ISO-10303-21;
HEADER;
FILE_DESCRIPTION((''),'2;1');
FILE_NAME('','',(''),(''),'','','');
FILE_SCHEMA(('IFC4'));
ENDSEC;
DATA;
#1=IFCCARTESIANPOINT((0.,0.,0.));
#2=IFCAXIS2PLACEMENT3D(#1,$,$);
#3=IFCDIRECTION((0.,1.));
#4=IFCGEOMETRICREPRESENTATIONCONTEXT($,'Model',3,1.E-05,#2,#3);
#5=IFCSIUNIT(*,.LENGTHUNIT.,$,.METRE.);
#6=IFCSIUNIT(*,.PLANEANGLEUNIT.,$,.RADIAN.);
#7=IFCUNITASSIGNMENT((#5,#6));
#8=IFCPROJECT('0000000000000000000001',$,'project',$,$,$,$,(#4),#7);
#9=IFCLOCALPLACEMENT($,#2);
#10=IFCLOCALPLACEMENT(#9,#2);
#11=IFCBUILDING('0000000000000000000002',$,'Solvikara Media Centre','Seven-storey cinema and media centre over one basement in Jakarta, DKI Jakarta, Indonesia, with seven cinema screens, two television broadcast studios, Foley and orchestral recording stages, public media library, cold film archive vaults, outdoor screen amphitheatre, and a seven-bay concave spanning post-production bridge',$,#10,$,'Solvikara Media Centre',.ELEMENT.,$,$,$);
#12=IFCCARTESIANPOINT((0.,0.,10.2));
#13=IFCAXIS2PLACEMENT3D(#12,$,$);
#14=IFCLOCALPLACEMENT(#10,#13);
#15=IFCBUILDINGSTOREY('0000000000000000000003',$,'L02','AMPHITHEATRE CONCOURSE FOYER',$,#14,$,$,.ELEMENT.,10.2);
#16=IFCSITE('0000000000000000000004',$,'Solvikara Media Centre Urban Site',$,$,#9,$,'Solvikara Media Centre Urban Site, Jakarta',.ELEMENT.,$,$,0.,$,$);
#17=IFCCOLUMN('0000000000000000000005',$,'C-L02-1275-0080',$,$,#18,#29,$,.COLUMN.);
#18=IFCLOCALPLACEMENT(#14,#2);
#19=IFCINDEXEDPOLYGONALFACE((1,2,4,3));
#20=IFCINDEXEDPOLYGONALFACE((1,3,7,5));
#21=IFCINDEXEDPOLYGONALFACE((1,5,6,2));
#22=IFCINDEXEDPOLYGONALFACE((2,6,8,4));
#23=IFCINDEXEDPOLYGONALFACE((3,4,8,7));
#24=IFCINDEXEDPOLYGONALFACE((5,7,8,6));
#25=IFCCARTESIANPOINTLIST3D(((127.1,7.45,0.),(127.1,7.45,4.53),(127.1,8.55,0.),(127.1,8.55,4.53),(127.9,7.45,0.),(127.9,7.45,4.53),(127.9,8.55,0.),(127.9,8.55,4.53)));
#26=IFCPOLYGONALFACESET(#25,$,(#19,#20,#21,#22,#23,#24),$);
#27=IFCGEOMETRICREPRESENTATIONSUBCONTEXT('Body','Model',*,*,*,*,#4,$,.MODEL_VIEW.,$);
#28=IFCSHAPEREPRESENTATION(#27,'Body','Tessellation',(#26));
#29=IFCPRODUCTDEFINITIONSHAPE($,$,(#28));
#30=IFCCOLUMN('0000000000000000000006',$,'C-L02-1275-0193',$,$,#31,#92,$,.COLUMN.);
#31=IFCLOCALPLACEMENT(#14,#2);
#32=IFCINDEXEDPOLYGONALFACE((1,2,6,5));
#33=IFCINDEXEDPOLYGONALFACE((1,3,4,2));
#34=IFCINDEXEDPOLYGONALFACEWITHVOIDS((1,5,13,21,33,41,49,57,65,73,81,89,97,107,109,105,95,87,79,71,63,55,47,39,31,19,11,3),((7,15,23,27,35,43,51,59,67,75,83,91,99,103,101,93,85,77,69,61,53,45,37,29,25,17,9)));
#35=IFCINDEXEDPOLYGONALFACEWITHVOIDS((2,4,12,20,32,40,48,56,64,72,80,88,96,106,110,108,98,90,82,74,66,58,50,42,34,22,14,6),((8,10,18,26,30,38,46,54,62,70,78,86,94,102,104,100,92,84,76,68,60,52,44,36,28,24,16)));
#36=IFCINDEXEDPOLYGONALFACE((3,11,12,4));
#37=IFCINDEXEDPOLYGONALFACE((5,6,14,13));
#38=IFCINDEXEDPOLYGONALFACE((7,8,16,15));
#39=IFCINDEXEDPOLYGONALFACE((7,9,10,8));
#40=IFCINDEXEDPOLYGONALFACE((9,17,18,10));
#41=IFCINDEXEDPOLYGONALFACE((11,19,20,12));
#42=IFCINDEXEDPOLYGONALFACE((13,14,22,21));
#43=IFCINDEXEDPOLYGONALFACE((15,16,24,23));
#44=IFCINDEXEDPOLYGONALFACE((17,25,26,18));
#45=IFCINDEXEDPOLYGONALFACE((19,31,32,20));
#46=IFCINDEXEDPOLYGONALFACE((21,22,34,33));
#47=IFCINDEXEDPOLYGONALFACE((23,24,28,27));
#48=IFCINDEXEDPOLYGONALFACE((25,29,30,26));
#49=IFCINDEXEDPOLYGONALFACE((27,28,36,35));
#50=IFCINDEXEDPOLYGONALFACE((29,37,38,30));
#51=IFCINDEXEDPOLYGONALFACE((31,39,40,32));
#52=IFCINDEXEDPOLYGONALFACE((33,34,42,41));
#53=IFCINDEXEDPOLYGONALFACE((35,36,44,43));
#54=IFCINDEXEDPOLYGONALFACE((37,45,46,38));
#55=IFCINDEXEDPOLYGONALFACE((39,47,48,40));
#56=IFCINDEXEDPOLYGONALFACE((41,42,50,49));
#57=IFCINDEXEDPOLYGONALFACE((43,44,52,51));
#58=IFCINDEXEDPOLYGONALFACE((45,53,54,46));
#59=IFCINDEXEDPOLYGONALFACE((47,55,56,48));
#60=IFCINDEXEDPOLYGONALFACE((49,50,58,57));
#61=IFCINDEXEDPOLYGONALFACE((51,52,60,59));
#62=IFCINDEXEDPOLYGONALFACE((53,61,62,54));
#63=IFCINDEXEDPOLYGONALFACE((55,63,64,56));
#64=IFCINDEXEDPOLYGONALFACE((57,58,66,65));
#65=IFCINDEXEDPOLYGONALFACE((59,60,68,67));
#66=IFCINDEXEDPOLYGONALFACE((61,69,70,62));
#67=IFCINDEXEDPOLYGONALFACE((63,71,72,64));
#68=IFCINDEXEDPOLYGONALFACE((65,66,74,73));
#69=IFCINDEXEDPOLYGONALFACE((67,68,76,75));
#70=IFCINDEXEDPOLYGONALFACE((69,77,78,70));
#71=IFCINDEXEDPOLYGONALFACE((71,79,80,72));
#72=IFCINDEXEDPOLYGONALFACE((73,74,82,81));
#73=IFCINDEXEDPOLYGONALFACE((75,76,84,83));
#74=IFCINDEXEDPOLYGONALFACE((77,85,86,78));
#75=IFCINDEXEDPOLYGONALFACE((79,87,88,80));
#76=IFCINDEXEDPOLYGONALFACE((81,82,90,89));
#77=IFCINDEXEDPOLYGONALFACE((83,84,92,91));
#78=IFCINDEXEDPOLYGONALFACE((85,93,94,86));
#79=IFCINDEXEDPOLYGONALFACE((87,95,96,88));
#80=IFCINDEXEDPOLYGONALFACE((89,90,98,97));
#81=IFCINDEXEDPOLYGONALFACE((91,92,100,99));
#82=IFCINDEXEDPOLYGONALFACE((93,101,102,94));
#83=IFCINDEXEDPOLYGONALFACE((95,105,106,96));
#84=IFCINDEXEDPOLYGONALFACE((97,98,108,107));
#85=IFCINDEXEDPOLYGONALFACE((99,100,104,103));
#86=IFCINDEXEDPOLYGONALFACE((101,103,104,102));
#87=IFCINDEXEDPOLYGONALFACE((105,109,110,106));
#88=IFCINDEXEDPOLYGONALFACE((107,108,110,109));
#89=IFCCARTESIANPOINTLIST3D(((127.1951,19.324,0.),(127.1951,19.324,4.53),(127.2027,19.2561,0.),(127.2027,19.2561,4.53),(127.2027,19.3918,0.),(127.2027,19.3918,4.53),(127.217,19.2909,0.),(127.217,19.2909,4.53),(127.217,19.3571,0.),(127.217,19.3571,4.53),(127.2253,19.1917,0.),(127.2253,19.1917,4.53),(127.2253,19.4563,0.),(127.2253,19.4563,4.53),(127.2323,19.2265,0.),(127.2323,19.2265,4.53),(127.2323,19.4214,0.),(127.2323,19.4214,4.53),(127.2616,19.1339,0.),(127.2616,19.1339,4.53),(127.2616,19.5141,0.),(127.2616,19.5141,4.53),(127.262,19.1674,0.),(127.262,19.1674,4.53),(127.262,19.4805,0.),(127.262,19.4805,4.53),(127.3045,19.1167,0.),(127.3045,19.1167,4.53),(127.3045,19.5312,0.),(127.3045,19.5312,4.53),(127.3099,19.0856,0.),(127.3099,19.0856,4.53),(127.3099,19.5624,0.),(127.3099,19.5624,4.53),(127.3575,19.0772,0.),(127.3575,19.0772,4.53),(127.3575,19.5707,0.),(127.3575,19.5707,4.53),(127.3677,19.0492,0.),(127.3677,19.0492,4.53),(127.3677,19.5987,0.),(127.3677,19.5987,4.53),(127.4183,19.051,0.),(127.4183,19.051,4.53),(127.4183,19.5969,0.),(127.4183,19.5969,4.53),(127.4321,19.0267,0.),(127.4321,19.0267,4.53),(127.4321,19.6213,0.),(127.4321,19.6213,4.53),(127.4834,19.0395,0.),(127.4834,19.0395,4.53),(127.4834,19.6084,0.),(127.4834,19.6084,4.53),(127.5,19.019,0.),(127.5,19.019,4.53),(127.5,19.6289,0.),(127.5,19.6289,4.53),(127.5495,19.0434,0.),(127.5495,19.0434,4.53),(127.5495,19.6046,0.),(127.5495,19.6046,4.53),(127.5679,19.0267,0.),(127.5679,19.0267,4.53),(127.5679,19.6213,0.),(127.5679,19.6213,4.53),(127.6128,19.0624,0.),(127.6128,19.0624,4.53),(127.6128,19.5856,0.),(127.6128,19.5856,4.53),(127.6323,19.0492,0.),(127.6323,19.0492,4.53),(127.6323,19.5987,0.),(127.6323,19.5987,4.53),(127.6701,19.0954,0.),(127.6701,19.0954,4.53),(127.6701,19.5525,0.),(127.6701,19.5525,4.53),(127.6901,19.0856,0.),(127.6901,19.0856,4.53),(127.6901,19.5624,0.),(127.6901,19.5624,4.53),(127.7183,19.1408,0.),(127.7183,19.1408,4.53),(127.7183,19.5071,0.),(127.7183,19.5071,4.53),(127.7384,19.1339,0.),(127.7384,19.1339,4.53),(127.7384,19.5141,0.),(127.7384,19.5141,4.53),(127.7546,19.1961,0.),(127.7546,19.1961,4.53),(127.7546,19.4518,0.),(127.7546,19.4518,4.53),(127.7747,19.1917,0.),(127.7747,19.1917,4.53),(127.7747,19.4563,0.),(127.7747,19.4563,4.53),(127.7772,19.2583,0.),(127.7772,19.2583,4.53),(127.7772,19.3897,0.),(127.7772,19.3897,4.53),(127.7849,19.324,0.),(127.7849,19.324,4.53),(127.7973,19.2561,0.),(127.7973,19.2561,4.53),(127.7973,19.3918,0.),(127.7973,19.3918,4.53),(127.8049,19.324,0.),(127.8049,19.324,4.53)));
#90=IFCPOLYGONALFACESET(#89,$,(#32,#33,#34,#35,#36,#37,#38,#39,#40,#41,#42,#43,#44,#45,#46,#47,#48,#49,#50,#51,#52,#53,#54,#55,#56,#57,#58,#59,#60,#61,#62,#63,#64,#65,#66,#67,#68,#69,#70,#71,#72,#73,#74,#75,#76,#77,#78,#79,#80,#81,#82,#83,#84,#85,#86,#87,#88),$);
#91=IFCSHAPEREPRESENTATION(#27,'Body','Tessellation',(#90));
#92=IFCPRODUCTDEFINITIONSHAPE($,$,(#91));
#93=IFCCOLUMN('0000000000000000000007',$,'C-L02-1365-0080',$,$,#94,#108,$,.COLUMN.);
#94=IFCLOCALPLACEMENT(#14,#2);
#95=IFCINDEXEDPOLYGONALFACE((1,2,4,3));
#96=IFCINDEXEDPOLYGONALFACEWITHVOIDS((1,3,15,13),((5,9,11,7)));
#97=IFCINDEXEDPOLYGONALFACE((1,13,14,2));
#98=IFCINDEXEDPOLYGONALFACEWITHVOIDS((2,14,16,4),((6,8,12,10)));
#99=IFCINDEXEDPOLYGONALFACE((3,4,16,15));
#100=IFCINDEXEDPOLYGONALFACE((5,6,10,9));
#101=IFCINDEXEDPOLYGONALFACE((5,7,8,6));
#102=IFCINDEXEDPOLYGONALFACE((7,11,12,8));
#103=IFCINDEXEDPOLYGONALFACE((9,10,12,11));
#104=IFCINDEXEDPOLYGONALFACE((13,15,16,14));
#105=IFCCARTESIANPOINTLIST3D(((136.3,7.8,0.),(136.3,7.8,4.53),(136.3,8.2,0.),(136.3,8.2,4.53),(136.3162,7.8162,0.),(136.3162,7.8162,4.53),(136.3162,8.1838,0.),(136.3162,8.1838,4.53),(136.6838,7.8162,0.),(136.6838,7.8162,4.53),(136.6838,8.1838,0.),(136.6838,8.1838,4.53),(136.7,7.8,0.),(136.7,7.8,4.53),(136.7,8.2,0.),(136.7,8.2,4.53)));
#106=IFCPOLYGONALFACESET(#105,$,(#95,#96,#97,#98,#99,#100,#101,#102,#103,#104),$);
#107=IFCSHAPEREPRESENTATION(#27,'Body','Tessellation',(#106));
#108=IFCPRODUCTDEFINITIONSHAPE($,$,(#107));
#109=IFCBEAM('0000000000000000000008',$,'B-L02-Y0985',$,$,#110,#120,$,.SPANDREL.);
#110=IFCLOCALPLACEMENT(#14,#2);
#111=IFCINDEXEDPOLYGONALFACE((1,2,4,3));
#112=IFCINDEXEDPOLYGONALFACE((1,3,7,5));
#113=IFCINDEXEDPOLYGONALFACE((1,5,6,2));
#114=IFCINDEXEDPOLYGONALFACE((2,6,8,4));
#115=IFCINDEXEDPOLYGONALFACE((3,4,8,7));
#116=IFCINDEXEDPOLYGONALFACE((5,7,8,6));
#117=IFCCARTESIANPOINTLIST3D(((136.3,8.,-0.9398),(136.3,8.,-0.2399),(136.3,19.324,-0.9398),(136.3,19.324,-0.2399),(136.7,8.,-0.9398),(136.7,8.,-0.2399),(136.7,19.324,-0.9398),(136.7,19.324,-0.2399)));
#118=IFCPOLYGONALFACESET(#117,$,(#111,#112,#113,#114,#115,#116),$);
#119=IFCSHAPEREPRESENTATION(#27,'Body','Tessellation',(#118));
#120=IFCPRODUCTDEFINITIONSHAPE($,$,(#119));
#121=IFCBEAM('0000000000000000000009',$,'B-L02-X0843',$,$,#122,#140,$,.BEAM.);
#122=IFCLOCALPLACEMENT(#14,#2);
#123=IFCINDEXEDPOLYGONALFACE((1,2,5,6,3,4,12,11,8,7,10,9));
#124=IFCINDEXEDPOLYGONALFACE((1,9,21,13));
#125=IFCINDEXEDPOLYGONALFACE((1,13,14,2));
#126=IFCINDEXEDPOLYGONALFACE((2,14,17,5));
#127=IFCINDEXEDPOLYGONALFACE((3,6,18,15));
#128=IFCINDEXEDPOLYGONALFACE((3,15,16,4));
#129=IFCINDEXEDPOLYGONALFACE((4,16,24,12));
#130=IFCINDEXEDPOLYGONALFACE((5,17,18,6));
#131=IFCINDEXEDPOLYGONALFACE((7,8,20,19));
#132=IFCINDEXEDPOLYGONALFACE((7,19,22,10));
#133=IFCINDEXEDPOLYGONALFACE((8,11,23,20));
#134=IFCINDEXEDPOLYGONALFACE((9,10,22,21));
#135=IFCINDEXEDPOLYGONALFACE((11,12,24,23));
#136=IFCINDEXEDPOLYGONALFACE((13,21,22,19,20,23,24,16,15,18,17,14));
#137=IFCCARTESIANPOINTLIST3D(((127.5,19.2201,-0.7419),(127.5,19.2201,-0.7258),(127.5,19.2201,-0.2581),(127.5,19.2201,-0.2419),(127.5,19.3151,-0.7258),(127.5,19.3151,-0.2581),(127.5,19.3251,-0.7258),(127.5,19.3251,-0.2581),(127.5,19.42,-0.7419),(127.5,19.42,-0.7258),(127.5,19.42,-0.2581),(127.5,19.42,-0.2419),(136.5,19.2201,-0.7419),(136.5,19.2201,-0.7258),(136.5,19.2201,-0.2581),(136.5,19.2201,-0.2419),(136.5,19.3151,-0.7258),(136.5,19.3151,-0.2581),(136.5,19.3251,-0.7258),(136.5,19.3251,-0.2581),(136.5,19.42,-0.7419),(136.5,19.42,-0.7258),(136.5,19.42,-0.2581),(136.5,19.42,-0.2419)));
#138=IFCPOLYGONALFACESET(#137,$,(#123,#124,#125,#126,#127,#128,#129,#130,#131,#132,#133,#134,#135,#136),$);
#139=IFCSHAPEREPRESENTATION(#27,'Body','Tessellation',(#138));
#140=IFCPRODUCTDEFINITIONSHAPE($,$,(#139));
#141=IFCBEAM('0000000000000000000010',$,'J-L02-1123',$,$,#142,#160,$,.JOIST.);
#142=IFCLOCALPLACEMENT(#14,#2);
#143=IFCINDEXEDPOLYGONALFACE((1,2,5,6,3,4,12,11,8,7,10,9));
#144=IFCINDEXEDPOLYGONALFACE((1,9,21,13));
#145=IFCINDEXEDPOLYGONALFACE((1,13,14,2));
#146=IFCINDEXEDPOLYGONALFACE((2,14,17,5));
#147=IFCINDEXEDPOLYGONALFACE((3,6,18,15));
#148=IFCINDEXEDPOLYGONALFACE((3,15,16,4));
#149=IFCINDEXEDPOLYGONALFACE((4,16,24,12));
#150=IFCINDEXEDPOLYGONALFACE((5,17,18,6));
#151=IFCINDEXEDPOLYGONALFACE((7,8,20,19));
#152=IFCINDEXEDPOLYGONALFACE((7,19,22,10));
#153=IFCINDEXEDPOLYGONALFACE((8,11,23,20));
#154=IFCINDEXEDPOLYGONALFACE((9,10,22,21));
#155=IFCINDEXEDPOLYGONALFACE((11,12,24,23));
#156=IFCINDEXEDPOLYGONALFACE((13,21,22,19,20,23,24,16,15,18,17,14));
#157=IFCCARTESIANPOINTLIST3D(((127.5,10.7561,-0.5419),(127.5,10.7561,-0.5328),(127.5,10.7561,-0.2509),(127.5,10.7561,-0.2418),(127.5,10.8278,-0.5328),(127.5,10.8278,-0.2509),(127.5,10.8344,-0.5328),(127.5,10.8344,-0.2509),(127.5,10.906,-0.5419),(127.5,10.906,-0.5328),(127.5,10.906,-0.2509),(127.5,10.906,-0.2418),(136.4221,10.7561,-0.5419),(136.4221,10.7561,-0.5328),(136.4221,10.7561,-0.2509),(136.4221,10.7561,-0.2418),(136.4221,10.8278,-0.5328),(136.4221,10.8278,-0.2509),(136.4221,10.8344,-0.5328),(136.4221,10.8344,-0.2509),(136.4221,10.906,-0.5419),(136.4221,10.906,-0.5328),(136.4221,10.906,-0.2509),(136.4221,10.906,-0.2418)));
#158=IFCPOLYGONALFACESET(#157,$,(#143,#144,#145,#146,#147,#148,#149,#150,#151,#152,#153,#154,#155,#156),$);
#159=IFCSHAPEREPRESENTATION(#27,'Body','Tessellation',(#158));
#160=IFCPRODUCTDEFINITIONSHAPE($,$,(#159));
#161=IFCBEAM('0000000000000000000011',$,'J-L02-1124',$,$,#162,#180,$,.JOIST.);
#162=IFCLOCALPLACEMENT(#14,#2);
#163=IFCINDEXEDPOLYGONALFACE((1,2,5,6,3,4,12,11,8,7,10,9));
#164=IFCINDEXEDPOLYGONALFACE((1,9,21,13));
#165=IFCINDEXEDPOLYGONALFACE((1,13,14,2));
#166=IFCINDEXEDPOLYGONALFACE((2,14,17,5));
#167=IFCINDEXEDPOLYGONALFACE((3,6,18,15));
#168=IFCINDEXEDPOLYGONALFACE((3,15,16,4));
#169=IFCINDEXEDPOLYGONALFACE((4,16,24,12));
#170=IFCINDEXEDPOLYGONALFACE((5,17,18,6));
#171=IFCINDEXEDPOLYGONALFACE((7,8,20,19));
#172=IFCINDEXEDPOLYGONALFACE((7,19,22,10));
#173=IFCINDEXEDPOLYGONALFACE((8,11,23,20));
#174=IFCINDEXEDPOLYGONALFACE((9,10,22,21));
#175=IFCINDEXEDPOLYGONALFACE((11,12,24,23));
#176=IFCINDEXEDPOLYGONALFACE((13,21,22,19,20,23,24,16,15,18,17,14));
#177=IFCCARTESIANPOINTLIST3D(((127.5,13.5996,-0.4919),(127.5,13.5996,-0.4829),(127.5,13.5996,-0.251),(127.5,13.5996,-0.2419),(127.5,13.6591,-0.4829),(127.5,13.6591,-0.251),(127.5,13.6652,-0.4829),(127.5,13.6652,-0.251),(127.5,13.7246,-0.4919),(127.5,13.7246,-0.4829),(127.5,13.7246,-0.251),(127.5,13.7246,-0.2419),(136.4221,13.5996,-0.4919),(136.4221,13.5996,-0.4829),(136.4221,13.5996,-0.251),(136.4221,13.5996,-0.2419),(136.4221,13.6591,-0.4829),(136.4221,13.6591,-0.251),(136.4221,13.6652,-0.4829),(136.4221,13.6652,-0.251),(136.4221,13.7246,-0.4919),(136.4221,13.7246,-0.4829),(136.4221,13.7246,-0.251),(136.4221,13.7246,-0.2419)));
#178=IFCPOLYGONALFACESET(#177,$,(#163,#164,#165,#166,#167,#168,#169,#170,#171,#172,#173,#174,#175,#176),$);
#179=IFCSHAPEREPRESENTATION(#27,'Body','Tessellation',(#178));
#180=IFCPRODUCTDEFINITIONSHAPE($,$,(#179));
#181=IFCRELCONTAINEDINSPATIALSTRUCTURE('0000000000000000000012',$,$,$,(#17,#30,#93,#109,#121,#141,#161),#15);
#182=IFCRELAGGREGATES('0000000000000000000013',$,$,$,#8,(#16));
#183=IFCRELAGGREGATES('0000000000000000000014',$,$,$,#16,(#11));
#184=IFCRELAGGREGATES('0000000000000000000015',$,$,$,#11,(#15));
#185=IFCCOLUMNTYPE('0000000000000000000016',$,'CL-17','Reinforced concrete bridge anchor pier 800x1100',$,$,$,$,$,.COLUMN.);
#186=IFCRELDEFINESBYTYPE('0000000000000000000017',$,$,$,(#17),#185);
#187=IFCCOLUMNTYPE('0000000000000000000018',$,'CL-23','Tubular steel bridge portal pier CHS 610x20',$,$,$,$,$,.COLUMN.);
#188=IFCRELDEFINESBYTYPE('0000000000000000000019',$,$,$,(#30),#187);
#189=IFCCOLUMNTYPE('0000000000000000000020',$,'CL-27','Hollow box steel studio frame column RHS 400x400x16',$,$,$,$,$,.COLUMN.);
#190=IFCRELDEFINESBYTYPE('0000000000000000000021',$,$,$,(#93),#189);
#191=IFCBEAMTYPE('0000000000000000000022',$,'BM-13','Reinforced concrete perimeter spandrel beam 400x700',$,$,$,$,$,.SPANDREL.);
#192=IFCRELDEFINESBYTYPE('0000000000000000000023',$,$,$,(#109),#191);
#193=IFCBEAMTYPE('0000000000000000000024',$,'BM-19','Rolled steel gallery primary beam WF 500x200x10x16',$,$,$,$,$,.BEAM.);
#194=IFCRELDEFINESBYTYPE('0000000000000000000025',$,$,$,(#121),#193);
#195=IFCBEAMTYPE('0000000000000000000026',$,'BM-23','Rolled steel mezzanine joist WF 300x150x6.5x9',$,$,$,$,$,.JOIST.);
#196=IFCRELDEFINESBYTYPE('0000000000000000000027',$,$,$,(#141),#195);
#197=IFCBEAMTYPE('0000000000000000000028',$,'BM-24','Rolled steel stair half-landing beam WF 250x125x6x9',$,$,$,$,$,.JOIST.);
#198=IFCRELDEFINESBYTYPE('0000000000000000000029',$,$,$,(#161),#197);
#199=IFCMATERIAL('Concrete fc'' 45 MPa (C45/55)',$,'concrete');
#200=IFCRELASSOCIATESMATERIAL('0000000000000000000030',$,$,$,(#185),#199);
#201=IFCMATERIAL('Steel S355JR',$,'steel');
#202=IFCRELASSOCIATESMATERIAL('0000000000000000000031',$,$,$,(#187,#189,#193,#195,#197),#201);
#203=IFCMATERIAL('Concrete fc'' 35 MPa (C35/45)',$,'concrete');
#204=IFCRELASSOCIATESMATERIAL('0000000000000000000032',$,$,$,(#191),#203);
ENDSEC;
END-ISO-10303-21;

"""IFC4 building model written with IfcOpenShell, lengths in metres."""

from ifc_helpers import new_model, si_unit, direction, frame, origin, origin_2d, place, context, subcontext, project, spatial, rectangle, hollow_rectangle, hollow_circle, i_section, extrude, material, material_profile, profile_set, type_object, element, save


model = new_model("IFC4")

# Units and contexts
model_context = context("Model", 3, precision=1e-05, world=origin(), true_north=direction((0.0, 1.0)))
body_context = subcontext(model_context, "Body", "Model", "MODEL_VIEW")
ifc_project = project(units=[si_unit("LENGTHUNIT", "METRE"), si_unit("PLANEANGLEUNIT", "RADIAN")], contexts=[model_context])

# Site, building, storey
site_placement = place(None, origin())
site = spatial("IfcSite", under=ifc_project, at=site_placement, Name="Solvikara Media Centre Urban Site", LongName="Solvikara Media Centre Urban Site, Jakarta", CompositionType="ELEMENT", RefElevation=0.0)
building_placement = place(site_placement, origin())
building = spatial("IfcBuilding", under=site, at=building_placement, Name="Solvikara Media Centre", Description="Seven-storey cinema and media centre over one basement in Jakarta, DKI Jakarta, Indonesia, with seven cinema screens, two television broadcast studios, Foley and orchestral recording stages, public media library, cold film archive vaults, outdoor screen amphitheatre, and a seven-bay concave spanning post-production bridge", LongName="Solvikara Media Centre", CompositionType="ELEMENT")
storey_placement = place(building_placement, frame((0.0, 0.0, 10.2)))
storey = spatial("IfcBuildingStorey", under=building, at=storey_placement, Name="L02", Description="AMPHITHEATRE CONCOURSE FOYER", CompositionType="ELEMENT", Elevation=10.2)

# Columns
ifc_material_1 = material(Name="Concrete fc' 45 MPa (C45/55)", Category="concrete")
ifc_material_profile_1 = material_profile(ifc_material_1, rectangle(XDim=0.8, YDim=1.1001, at=origin_2d()), Name="RC 800x1100")
ifc_profile_set_1 = profile_set([ifc_material_profile_1], Name="Concrete fc' 45 MPa (C45/55)")
column_type_1 = type_object("IfcColumnType", Name="CL-17", Description="Reinforced concrete bridge anchor pier 800x1100", PredefinedType="COLUMN", material=ifc_profile_set_1)
column_1_placement = place(storey_placement, frame((127.5, 8.0, 0.0), z_axis=(0.0, 0.0, 1.0), x_axis=(1.0, 0.0, 0.0)))
element("IfcColumn", 1, at=column_1_placement, inside=storey, type_object=column_type_1, Name="C-L02-1275-0080", PredefinedType="COLUMN", context=body_context, shape_type="SweptSolid", body=[
    extrude(rectangle(XDim=0.8, YDim=1.1001, at=origin_2d()), origin(), (0.0, 0.0, 1.0), 4.53),
])
ifc_material_2 = material(Name="Steel S355JR", Category="steel")
ifc_material_profile_2 = material_profile(ifc_material_2, hollow_circle(Radius=0.3049, WallThickness=0.02, at=origin_2d()), Name="CHS 610x20")
ifc_profile_set_2 = profile_set([ifc_material_profile_2], Name="Steel S355JR")
column_type_2 = type_object("IfcColumnType", Name="CL-23", Description="Tubular steel bridge portal pier CHS 610x20", PredefinedType="COLUMN", material=ifc_profile_set_2)
column_2_placement = place(storey_placement, frame((127.5, 19.324, 0.0), z_axis=(0.0, 0.0, 1.0), x_axis=(1.0, 0.0, 0.0)))
element("IfcColumn", 2, at=column_2_placement, inside=storey, type_object=column_type_2, Name="C-L02-1275-0193", PredefinedType="COLUMN", context=body_context, shape_type="SweptSolid", body=[
    extrude(hollow_circle(Radius=0.3049, WallThickness=0.02, at=origin_2d()), origin(), (0.0, 0.0, 1.0), 4.53),
])
ifc_material_profile_3 = material_profile(ifc_material_2, hollow_rectangle(XDim=0.3999, YDim=0.3999, WallThickness=0.0161, at=origin_2d()), Name="RHS 400x400x16")
ifc_profile_set_3 = profile_set([ifc_material_profile_3], Name="Steel S355JR")
column_type_3 = type_object("IfcColumnType", Name="CL-27", Description="Hollow box steel studio frame column RHS 400x400x16", PredefinedType="COLUMN", material=ifc_profile_set_3)
column_3_placement = place(storey_placement, frame((136.5, 8.0, 0.0), z_axis=(0.0, 0.0, 1.0), x_axis=(1.0, 0.0, 0.0)))
element("IfcColumn", 3, at=column_3_placement, inside=storey, type_object=column_type_3, Name="C-L02-1365-0080", PredefinedType="COLUMN", context=body_context, shape_type="SweptSolid", body=[
    extrude(hollow_rectangle(XDim=0.3999, YDim=0.3999, WallThickness=0.0161, at=origin_2d()), origin(), (0.0, 0.0, 1.0), 4.53),
])

# Beams
ifc_material_3 = material(Name="Concrete fc' 35 MPa (C35/45)", Category="concrete")
ifc_material_profile_4 = material_profile(ifc_material_3, rectangle(XDim=0.3999, YDim=0.7, at=origin_2d()), Name="RC 400x700")
ifc_profile_set_4 = profile_set([ifc_material_profile_4], Name="Concrete fc' 35 MPa (C35/45)")
beam_type_1 = type_object("IfcBeamType", Name="BM-13", Description="Reinforced concrete perimeter spandrel beam 400x700", PredefinedType="SPANDREL", material=ifc_profile_set_4)
beam_1_placement = place(storey_placement, frame((136.5, 8.0, -0.5898), z_axis=(0.0, 1.0, 0.0), x_axis=(-1.0, 0.0, 0.0)))
element("IfcBeam", 4, at=beam_1_placement, inside=storey, type_object=beam_type_1, Name="B-L02-Y0985", PredefinedType="SPANDREL", context=body_context, shape_type="SweptSolid", body=[
    extrude(rectangle(XDim=0.3999, YDim=0.7, at=origin_2d()), origin(), (0.0, 0.0, 1.0), 11.324),
])
ifc_material_profile_5 = material_profile(ifc_material_2, i_section(OverallWidth=0.2, OverallDepth=0.5, WebThickness=0.01, FlangeThickness=0.0161, at=origin_2d()), Name="WF 500x200x10x16")
ifc_profile_set_5 = profile_set([ifc_material_profile_5], Name="Steel S355JR")
beam_type_2 = type_object("IfcBeamType", Name="BM-19", Description="Rolled steel gallery primary beam WF 500x200x10x16", PredefinedType="BEAM", material=ifc_profile_set_5)
beam_2_placement = place(storey_placement, frame((127.5, 19.3201, -0.4919), z_axis=(1.0, 0.0, 0.0), x_axis=(0.0, 1.0, 0.0)))
element("IfcBeam", 5, at=beam_2_placement, inside=storey, type_object=beam_type_2, Name="B-L02-X0843", PredefinedType="BEAM", context=body_context, shape_type="SweptSolid", body=[
    extrude(i_section(OverallWidth=0.2, OverallDepth=0.5, WebThickness=0.01, FlangeThickness=0.0161, at=origin_2d()), origin(), (0.0, 0.0, 1.0), 9.0),
])
ifc_material_profile_6 = material_profile(ifc_material_2, i_section(OverallWidth=0.1499, OverallDepth=0.3, WebThickness=0.0066, FlangeThickness=0.009, at=origin_2d()), Name="WF 300x150x6.5x9")
ifc_profile_set_6 = profile_set([ifc_material_profile_6], Name="Steel S355JR")
beam_type_3 = type_object("IfcBeamType", Name="BM-23", Description="Rolled steel mezzanine joist WF 300x150x6.5x9", PredefinedType="JOIST", material=ifc_profile_set_6)
beam_3_placement = place(storey_placement, frame((127.5, 10.8311, -0.3918), z_axis=(1.0, 0.0, 0.0), x_axis=(0.0, 1.0, 0.0)))
element("IfcBeam", 6, at=beam_3_placement, inside=storey, type_object=beam_type_3, Name="J-L02-1123", PredefinedType="JOIST", context=body_context, shape_type="SweptSolid", body=[
    extrude(i_section(OverallWidth=0.1499, OverallDepth=0.3, WebThickness=0.0066, FlangeThickness=0.009, at=origin_2d()), origin(), (0.0, 0.0, 1.0), 8.9221),
])
ifc_material_profile_7 = material_profile(ifc_material_2, i_section(OverallWidth=0.125, OverallDepth=0.25, WebThickness=0.0061, FlangeThickness=0.009, at=origin_2d()), Name="WF 250x125x6x9")
ifc_profile_set_7 = profile_set([ifc_material_profile_7], Name="Steel S355JR")
beam_type_4 = type_object("IfcBeamType", Name="BM-24", Description="Rolled steel stair half-landing beam WF 250x125x6x9", PredefinedType="JOIST", material=ifc_profile_set_7)
beam_4_placement = place(storey_placement, frame((127.5, 13.6621, -0.3669), z_axis=(1.0, 0.0, 0.0), x_axis=(0.0, 1.0, 0.0)))
element("IfcBeam", 7, at=beam_4_placement, inside=storey, type_object=beam_type_4, Name="J-L02-1124", PredefinedType="JOIST", context=body_context, shape_type="SweptSolid", body=[
    extrude(i_section(OverallWidth=0.125, OverallDepth=0.25, WebThickness=0.0061, FlangeThickness=0.009, at=origin_2d()), origin(), (0.0, 0.0, 1.0), 8.9221),
])

save(model, "model.ifc")
